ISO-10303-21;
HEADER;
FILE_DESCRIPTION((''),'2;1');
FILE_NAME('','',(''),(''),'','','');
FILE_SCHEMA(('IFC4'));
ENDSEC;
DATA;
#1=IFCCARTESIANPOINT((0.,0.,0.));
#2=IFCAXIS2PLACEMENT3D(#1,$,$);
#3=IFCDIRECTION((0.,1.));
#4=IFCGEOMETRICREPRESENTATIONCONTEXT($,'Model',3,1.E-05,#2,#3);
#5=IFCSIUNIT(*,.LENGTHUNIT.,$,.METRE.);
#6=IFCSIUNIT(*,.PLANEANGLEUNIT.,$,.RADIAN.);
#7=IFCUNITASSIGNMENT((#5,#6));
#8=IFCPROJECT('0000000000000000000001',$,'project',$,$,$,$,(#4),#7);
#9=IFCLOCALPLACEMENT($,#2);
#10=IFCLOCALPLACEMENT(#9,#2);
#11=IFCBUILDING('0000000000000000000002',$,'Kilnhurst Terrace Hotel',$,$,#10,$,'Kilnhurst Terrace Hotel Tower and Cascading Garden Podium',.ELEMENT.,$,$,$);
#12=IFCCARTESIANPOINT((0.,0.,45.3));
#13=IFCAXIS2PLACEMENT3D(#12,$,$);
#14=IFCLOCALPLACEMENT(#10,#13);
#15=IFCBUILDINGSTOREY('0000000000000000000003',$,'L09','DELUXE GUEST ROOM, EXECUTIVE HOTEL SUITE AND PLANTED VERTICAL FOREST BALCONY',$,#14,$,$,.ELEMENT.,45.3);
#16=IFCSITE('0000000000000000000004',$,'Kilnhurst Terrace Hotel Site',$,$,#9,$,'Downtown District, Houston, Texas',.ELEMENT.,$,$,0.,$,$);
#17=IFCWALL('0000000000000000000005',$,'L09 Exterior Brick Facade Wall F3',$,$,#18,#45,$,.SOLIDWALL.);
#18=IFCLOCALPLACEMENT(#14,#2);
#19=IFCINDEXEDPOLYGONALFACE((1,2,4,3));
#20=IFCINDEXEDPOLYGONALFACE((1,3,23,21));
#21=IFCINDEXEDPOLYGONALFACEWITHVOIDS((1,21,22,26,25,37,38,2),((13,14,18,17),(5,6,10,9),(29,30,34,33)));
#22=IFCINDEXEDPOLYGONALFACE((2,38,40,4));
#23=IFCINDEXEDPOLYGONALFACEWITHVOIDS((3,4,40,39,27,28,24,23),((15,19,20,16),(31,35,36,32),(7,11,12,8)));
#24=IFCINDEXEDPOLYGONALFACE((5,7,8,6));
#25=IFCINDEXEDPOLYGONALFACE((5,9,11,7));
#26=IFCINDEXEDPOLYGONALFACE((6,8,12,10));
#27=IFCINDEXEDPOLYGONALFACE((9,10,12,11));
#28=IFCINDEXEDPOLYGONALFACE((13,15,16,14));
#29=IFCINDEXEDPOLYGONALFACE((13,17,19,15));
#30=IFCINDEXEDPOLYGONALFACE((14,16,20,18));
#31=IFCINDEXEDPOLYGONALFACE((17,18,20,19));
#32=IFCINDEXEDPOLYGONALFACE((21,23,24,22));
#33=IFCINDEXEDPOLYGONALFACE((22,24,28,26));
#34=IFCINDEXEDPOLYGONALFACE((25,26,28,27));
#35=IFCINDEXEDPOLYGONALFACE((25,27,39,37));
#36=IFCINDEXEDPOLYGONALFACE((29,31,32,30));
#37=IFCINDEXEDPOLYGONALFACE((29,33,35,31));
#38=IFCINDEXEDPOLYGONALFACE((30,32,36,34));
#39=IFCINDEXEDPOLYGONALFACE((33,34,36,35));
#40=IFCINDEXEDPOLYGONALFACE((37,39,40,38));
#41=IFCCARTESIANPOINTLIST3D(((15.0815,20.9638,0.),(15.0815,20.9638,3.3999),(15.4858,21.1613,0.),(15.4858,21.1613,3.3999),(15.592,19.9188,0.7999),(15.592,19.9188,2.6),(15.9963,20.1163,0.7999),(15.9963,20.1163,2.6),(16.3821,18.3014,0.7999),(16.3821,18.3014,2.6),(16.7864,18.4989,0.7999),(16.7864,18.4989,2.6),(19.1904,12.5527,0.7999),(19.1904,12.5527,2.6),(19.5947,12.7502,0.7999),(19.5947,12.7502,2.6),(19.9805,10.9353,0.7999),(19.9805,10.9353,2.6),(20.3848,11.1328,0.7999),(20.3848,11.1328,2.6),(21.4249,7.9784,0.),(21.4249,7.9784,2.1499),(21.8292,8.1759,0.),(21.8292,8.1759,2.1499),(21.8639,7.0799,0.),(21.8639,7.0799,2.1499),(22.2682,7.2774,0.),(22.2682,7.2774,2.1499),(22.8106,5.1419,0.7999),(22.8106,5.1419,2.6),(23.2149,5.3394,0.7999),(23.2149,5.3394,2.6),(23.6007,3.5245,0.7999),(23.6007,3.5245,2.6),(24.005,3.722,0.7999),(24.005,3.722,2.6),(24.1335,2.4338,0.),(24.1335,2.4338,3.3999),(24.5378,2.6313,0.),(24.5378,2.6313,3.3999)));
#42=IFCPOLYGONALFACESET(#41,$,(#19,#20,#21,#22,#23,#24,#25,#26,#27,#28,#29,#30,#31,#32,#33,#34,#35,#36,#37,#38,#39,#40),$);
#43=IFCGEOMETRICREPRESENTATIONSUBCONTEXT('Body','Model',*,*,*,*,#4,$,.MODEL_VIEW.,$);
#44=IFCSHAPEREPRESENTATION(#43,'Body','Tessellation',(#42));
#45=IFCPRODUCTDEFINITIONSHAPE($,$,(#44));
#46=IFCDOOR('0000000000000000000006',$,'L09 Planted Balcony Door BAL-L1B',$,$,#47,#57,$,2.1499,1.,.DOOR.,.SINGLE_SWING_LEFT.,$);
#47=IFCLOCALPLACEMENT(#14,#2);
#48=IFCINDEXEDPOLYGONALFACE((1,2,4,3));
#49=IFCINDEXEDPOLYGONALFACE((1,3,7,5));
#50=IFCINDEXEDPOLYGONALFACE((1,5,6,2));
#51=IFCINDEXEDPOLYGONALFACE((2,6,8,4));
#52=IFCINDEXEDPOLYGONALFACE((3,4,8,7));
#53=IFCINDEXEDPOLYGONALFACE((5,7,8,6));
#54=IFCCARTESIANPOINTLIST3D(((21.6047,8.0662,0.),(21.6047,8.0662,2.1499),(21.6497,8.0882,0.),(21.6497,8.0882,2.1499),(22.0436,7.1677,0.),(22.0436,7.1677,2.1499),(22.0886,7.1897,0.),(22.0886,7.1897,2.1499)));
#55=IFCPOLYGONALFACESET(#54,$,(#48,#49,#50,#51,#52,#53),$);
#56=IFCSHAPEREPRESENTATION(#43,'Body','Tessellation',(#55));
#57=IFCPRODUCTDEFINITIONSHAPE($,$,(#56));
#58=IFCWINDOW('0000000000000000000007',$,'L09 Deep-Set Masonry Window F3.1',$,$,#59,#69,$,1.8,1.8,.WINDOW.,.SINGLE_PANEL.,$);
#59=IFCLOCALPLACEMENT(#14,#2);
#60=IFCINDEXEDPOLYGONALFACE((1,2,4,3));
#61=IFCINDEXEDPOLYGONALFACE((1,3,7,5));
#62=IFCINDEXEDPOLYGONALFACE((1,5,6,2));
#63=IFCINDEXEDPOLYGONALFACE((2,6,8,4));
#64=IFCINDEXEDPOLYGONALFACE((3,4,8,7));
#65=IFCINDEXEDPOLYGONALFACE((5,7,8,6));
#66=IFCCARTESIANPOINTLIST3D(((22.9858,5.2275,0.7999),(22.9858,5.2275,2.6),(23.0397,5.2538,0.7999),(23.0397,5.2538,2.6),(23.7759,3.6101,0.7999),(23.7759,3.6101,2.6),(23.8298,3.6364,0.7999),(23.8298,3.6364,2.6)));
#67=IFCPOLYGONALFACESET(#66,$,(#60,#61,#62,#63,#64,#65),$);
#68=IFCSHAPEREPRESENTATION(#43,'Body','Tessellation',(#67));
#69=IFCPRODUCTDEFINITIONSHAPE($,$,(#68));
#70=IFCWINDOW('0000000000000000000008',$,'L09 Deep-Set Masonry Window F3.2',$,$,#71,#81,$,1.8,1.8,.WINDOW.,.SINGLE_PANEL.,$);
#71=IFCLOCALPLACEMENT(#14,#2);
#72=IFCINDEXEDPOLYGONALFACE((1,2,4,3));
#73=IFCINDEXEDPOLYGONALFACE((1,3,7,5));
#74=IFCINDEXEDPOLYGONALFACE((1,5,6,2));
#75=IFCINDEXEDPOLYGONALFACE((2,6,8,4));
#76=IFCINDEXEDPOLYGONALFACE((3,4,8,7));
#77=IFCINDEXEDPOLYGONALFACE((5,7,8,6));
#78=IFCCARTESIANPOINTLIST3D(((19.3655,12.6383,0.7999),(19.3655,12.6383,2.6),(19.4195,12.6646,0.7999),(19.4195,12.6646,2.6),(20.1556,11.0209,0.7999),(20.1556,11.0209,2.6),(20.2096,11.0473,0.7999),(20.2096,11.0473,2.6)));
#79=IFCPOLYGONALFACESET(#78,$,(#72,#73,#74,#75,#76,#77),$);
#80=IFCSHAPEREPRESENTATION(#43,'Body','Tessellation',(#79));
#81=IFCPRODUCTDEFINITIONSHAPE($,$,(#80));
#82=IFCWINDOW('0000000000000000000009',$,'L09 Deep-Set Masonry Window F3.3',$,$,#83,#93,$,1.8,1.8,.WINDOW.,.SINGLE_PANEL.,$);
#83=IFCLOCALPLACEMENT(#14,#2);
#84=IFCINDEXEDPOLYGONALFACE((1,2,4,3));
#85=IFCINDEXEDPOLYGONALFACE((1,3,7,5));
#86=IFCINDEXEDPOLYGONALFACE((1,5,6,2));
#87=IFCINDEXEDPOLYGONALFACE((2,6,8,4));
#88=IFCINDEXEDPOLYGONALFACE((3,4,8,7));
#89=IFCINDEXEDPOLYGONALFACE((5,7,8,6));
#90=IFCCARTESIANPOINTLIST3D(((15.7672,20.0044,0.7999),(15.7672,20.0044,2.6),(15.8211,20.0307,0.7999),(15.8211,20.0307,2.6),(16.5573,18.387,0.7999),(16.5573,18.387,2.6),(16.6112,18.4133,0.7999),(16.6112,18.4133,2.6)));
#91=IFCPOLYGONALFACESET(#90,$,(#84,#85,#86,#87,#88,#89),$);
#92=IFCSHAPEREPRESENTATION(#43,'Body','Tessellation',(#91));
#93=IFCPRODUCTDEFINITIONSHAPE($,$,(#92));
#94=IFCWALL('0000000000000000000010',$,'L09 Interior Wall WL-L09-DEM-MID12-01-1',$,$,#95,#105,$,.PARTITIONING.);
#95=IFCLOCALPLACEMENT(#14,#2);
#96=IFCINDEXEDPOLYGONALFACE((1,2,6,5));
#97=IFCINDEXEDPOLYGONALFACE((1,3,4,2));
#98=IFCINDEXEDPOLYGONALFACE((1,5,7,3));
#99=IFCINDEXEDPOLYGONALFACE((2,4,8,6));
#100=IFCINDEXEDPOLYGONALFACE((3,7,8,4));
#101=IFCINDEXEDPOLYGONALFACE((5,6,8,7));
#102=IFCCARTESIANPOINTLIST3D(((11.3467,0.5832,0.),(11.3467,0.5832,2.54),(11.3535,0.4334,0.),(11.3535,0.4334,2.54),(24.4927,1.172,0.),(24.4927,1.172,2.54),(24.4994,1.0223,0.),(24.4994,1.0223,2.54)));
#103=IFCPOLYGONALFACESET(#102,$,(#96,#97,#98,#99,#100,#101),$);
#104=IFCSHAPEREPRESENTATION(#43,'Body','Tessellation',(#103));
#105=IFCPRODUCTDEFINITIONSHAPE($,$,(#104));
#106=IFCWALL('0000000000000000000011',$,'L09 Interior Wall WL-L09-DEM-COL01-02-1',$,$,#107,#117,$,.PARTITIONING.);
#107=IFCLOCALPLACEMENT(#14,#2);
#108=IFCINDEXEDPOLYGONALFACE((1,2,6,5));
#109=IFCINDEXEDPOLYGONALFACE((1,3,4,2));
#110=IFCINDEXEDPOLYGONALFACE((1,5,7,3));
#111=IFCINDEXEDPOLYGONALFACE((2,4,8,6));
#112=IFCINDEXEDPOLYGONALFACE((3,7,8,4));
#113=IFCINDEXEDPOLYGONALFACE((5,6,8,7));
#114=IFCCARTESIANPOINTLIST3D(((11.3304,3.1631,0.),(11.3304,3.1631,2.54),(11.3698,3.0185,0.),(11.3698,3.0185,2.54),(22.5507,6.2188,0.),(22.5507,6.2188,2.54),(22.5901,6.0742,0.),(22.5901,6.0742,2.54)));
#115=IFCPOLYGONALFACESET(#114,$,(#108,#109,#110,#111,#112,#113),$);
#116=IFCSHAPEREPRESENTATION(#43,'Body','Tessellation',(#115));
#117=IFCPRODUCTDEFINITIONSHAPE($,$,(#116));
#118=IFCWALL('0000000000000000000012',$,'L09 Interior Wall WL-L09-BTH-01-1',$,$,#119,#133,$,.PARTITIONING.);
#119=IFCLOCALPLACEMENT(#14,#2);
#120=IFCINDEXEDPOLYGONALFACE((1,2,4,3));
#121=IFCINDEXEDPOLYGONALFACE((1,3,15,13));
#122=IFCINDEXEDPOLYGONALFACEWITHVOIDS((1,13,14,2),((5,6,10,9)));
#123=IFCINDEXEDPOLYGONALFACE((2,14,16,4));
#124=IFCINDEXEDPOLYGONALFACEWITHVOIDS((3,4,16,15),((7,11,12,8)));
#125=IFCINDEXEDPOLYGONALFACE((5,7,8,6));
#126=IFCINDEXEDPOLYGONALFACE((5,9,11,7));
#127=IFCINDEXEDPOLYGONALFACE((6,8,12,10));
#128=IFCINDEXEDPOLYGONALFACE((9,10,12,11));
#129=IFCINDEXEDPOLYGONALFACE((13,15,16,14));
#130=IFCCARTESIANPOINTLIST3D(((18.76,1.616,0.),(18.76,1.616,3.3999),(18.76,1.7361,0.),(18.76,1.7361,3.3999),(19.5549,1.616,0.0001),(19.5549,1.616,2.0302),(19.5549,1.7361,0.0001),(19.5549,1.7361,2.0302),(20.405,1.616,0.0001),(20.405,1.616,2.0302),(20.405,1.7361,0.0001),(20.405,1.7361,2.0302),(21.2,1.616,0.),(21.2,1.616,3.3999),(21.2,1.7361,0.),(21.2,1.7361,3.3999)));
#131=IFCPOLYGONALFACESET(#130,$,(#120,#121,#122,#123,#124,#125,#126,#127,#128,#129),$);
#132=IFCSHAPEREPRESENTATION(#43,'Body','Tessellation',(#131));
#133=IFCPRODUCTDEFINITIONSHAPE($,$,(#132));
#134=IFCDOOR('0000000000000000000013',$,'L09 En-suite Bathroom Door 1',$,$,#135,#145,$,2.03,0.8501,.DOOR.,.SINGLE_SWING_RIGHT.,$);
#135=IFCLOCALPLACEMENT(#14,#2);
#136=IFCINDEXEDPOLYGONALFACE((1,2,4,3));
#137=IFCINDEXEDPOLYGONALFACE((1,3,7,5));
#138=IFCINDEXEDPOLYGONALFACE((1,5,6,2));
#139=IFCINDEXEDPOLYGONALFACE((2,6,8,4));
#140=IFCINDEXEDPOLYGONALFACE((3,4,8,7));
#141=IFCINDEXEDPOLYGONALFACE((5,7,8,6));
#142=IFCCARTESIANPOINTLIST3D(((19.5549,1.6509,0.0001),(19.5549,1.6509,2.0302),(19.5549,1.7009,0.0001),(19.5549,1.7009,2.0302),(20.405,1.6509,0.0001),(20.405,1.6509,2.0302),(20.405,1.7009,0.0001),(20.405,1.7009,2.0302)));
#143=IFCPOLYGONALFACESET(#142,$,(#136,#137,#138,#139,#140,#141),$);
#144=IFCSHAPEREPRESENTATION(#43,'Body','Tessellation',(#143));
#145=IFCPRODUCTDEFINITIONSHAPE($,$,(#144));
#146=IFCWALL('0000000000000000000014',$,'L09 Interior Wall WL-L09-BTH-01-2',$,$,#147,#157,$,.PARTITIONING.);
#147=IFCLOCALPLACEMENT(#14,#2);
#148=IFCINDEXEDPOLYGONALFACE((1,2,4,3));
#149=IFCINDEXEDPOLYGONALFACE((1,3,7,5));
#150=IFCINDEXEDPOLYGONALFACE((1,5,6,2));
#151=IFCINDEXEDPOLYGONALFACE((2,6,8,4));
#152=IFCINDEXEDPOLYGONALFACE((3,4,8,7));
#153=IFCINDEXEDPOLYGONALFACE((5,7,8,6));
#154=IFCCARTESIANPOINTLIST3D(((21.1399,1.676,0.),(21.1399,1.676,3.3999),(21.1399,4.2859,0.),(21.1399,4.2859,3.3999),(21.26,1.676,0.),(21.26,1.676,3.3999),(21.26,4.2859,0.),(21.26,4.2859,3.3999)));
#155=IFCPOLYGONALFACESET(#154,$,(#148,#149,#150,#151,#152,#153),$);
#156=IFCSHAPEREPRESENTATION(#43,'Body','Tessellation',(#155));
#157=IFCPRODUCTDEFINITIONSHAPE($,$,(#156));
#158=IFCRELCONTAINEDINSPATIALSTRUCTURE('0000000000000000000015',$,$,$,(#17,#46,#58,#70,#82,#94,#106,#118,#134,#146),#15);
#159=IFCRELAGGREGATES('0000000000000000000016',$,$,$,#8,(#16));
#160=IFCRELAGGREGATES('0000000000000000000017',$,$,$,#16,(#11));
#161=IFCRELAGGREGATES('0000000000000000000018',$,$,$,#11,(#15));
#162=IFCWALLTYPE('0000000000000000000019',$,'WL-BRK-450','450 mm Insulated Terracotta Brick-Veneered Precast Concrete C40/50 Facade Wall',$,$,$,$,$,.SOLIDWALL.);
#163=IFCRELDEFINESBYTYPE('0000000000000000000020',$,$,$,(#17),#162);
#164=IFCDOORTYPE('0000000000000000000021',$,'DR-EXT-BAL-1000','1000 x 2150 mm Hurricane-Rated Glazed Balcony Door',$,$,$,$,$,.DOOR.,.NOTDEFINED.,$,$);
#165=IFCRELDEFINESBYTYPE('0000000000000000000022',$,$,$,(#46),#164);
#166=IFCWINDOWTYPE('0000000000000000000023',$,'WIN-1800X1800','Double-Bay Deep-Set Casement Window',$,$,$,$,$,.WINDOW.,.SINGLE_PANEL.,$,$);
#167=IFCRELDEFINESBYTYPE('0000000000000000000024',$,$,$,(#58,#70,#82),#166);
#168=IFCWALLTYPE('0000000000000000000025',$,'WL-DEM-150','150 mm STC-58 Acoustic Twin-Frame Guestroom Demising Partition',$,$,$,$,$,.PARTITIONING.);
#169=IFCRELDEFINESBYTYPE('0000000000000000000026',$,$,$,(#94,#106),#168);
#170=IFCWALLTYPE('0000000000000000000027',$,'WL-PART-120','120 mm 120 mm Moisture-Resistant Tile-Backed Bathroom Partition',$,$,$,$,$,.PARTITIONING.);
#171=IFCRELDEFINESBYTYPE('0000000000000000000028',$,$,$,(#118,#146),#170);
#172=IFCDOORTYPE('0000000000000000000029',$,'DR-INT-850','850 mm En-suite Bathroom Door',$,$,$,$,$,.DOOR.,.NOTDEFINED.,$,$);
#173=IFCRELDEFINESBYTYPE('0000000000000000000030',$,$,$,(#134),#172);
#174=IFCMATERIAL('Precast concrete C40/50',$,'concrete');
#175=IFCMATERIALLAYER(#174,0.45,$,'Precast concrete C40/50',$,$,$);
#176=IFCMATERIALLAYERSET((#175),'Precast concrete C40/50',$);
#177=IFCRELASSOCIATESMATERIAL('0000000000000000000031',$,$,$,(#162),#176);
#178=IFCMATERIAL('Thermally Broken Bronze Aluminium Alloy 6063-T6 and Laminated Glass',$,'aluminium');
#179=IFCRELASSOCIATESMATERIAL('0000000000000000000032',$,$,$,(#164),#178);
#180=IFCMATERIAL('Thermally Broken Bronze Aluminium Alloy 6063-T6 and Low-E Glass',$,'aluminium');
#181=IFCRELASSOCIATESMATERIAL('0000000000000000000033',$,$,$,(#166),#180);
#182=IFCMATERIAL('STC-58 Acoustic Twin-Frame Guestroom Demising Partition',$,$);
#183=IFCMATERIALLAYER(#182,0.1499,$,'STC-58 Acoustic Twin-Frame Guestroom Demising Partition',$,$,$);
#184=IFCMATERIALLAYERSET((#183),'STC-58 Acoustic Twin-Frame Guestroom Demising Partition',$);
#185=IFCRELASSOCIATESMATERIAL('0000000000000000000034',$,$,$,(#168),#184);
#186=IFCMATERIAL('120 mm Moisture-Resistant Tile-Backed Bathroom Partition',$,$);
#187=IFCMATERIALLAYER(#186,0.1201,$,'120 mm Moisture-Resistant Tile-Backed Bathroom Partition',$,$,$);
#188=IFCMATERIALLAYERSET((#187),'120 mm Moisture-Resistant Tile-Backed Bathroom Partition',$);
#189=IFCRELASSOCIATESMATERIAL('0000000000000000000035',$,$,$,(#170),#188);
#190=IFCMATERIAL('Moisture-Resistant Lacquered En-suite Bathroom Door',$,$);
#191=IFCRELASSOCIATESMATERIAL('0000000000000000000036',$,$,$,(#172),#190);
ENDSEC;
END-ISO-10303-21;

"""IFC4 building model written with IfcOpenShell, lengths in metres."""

from ifc_helpers import new_model, si_unit, direction, frame, frame_2d, origin, place, context, subcontext, project, spatial, rectangle, extrude, material, layer, layer_set, type_object, element, fill, save


model = new_model("IFC4")

# Units and contexts
model_context = context("Model", 3, precision=1e-05, world=origin(), true_north=direction((0.0, 1.0)))
body_context = subcontext(model_context, "Body", "Model", "MODEL_VIEW")
ifc_project = project(units=[si_unit("LENGTHUNIT", "METRE"), si_unit("PLANEANGLEUNIT", "RADIAN")], contexts=[model_context])

# Site, building, storey
site_placement = place(None, origin())
site = spatial("IfcSite", under=ifc_project, at=site_placement, Name="Kilnhurst Terrace Hotel Site", LongName="Downtown District, Houston, Texas", CompositionType="ELEMENT", RefElevation=0.0)
building_placement = place(site_placement, origin())
building = spatial("IfcBuilding", under=site, at=building_placement, Name="Kilnhurst Terrace Hotel", LongName="Kilnhurst Terrace Hotel Tower and Cascading Garden Podium", CompositionType="ELEMENT")
storey_placement = place(building_placement, frame((0.0, 0.0, 45.3)))
storey = spatial("IfcBuildingStorey", under=building, at=storey_placement, Name="L09", Description="DELUXE GUEST ROOM, EXECUTIVE HOTEL SUITE AND PLANTED VERTICAL FOREST BALCONY", CompositionType="ELEMENT", Elevation=45.3)

# Shared definitions
ifc_material_1 = material(Name="Precast concrete C40/50", Category="concrete")
ifc_layer_1 = layer(ifc_material_1, 0.45, Name="Precast concrete C40/50")
ifc_layer_set_1 = layer_set([ifc_layer_1], Name="Precast concrete C40/50")
wall_type_1 = type_object("IfcWallType", Name="WL-BRK-450", Description="450 mm Insulated Terracotta Brick-Veneered Precast Concrete C40/50 Facade Wall", PredefinedType="SOLIDWALL", material=ifc_layer_set_1)

# Wall, openings, door, windows
wall_1_placement = place(storey_placement, frame((24.3357, 2.5325, 0.0), z_axis=(0.0, 0.0, 1.0), x_axis=(-0.438931, 0.898521, 0.0)))
wall_1 = element("IfcWall", 1, at=wall_1_placement, inside=storey, type_object=wall_type_1, Name="L09 Exterior Brick Facade Wall F3", PredefinedType="SOLIDWALL", context=body_context, shape_type="SweptSolid", body=[
    extrude(rectangle(XDim=20.6228, YDim=0.45, at=frame_2d((10.3115, 0.0))), origin(), (0.0, 0.0, 1.0), 3.3999),
])
opening_1_placement = place(wall_1_placement, frame((5.1709, 0.0, 0.0)))
opening_1 = element("IfcOpeningElement", 2, at=opening_1_placement, cuts=wall_1, PredefinedType="OPENING", context=body_context, shape_type="SweptSolid", body=[
    extrude(rectangle(XDim=1.0, YDim=2.1499, at=frame_2d((0.5, 1.075))), frame((0.0, 0.2349, 0.0), z_axis=(0.0, -1.0, 0.0), x_axis=(1.0, 0.0, 0.0)), (0.0, 0.0, 1.0), 0.47),
])
opening_2_placement = place(wall_1_placement, frame((1.2141, 0.0, 0.8)))
opening_2 = element("IfcOpeningElement", 3, at=opening_2_placement, cuts=wall_1, PredefinedType="OPENING", context=body_context, shape_type="SweptSolid", body=[
    extrude(rectangle(XDim=1.8, YDim=1.8, at=frame_2d((0.8999, 0.8999))), frame((0.0, 0.2349, 0.0), z_axis=(0.0, -1.0, 0.0), x_axis=(1.0, 0.0, 0.0)), (0.0, 0.0, 1.0), 0.47),
])
opening_3_placement = place(wall_1_placement, frame((9.4619, 0.0, 0.8)))
opening_3 = element("IfcOpeningElement", 4, at=opening_3_placement, cuts=wall_1, PredefinedType="OPENING", context=body_context, shape_type="SweptSolid", body=[
    extrude(rectangle(XDim=1.8, YDim=1.8, at=frame_2d((0.8999, 0.8999))), frame((0.0, 0.2349, 0.0), z_axis=(0.0, -1.0, 0.0), x_axis=(1.0, 0.0, 0.0)), (0.0, 0.0, 1.0), 0.47),
])
opening_4_placement = place(wall_1_placement, frame((17.6599, 0.0, 0.8)))
opening_4 = element("IfcOpeningElement", 5, at=opening_4_placement, cuts=wall_1, PredefinedType="OPENING", context=body_context, shape_type="SweptSolid", body=[
    extrude(rectangle(XDim=1.8, YDim=1.8, at=frame_2d((0.8999, 0.8999))), frame((0.0, 0.2349, 0.0), z_axis=(0.0, -1.0, 0.0), x_axis=(1.0, 0.0, 0.0)), (0.0, 0.0, 1.0), 0.47),
])
ifc_material_2 = material(Name="Thermally Broken Bronze Aluminium Alloy 6063-T6 and Laminated Glass", Category="aluminium")
door_type_1 = type_object("IfcDoorType", Name="DR-EXT-BAL-1000", Description="1000 x 2150 mm Hurricane-Rated Glazed Balcony Door", OperationType="NOTDEFINED", PredefinedType="DOOR", material=ifc_material_2)
door_1_placement = place(opening_1_placement, origin())
door_1 = element("IfcDoor", 6, at=door_1_placement, inside=storey, type_object=door_type_1, Name="L09 Planted Balcony Door BAL-L1B", OperationType="SINGLE_SWING_LEFT", OverallHeight=2.1499, OverallWidth=1.0, PredefinedType="DOOR", context=body_context, shape_type="SweptSolid", body=[
    extrude(rectangle(XDim=1.0, YDim=2.1499, at=frame_2d((0.5, 1.075))), frame((0.0, 0.0249, 0.0), z_axis=(0.0, -1.0, 0.0), x_axis=(1.0, 0.0, 0.0)), (0.0, 0.0, 1.0), 0.05),
])
fill(opening_1, door_1)
ifc_material_3 = material(Name="Thermally Broken Bronze Aluminium Alloy 6063-T6 and Low-E Glass", Category="aluminium")
window_type = type_object("IfcWindowType", Name="WIN-1800X1800", Description="Double-Bay Deep-Set Casement Window", PartitioningType="SINGLE_PANEL", PredefinedType="WINDOW", material=ifc_material_3)
window_1_placement = place(opening_2_placement, origin())
window_1 = element("IfcWindow", 7, at=window_1_placement, inside=storey, type_object=window_type, Name="L09 Deep-Set Masonry Window F3.1", OverallHeight=1.8, OverallWidth=1.8, PartitioningType="SINGLE_PANEL", PredefinedType="WINDOW", context=body_context, shape_type="SweptSolid", body=[
    extrude(rectangle(XDim=1.8, YDim=1.8, at=frame_2d((0.8999, 0.8999))), frame((0.0, 0.03, 0.0), z_axis=(0.0, -1.0, 0.0), x_axis=(1.0, 0.0, 0.0)), (0.0, 0.0, 1.0), 0.0601),
])
fill(opening_2, window_1)
window_2_placement = place(opening_3_placement, origin())
window_2 = element("IfcWindow", 8, at=window_2_placement, inside=storey, type_object=window_type, Name="L09 Deep-Set Masonry Window F3.2", OverallHeight=1.8, OverallWidth=1.8, PartitioningType="SINGLE_PANEL", PredefinedType="WINDOW", context=body_context, shape_type="SweptSolid", body=[
    extrude(rectangle(XDim=1.8, YDim=1.8, at=frame_2d((0.8999, 0.8999))), frame((0.0, 0.03, 0.0), z_axis=(0.0, -1.0, 0.0), x_axis=(1.0, 0.0, 0.0)), (0.0, 0.0, 1.0), 0.0601),
])
fill(opening_3, window_2)
window_3_placement = place(opening_4_placement, origin())
window_3 = element("IfcWindow", 9, at=window_3_placement, inside=storey, type_object=window_type, Name="L09 Deep-Set Masonry Window F3.3", OverallHeight=1.8, OverallWidth=1.8, PartitioningType="SINGLE_PANEL", PredefinedType="WINDOW", context=body_context, shape_type="SweptSolid", body=[
    extrude(rectangle(XDim=1.8, YDim=1.8, at=frame_2d((0.8999, 0.8999))), frame((0.0, 0.03, 0.0), z_axis=(0.0, -1.0, 0.0), x_axis=(1.0, 0.0, 0.0)), (0.0, 0.0, 1.0), 0.0601),
])
fill(opening_4, window_3)

# Walls
ifc_material_4 = material(Name="STC-58 Acoustic Twin-Frame Guestroom Demising Partition")
ifc_layer_2 = layer(ifc_material_4, 0.1499, Name="STC-58 Acoustic Twin-Frame Guestroom Demising Partition")
ifc_layer_set_2 = layer_set([ifc_layer_2], Name="STC-58 Acoustic Twin-Frame Guestroom Demising Partition")
wall_type_2 = type_object("IfcWallType", Name="WL-DEM-150", Description="150 mm STC-58 Acoustic Twin-Frame Guestroom Demising Partition", PredefinedType="PARTITIONING", material=ifc_layer_set_2)
wall_2_placement = place(storey_placement, frame((11.3501, 0.5083, 0.0), z_axis=(0.0, 0.0, 1.0), x_axis=(0.998998, 0.04475, 0.0)))
element("IfcWall", 10, at=wall_2_placement, inside=storey, type_object=wall_type_2, Name="L09 Interior Wall WL-L09-DEM-MID12-01-1", PredefinedType="PARTITIONING", context=body_context, shape_type="SweptSolid", body=[
    extrude(rectangle(XDim=13.1592, YDim=0.1499, at=frame_2d((6.5796, 0.0))), origin(), (0.0, 0.0, 1.0), 2.54),
])
wall_3_placement = place(storey_placement, frame((11.3501, 3.0908, 0.0), z_axis=(0.0, 0.0, 1.0), x_axis=(0.96486, 0.262766, 0.0)))
element("IfcWall", 11, at=wall_3_placement, inside=storey, type_object=wall_type_2, Name="L09 Interior Wall WL-L09-DEM-COL01-02-1", PredefinedType="PARTITIONING", context=body_context, shape_type="SweptSolid", body=[
    extrude(rectangle(XDim=11.6289, YDim=0.1499, at=frame_2d((5.8145, 0.0))), origin(), (0.0, 0.0, 1.0), 2.54),
])

# Wall, opening, door
ifc_material_5 = material(Name="120 mm Moisture-Resistant Tile-Backed Bathroom Partition")
ifc_layer_3 = layer(ifc_material_5, 0.1201, Name="120 mm Moisture-Resistant Tile-Backed Bathroom Partition")
ifc_layer_set_3 = layer_set([ifc_layer_3], Name="120 mm Moisture-Resistant Tile-Backed Bathroom Partition")
wall_type_3 = type_object("IfcWallType", Name="WL-PART-120", Description="120 mm 120 mm Moisture-Resistant Tile-Backed Bathroom Partition", PredefinedType="PARTITIONING", material=ifc_layer_set_3)
wall_4_placement = place(storey_placement, frame((18.76, 1.676, 0.0), z_axis=(0.0, 0.0, 1.0), x_axis=(1.0, 0.0, 0.0)))
wall_4 = element("IfcWall", 12, at=wall_4_placement, inside=storey, type_object=wall_type_3, Name="L09 Interior Wall WL-L09-BTH-01-1", PredefinedType="PARTITIONING", context=body_context, shape_type="SweptSolid", body=[
    extrude(rectangle(XDim=2.4399, YDim=0.1201, at=frame_2d((1.22, 0.0))), origin(), (0.0, 0.0, 1.0), 3.3999),
])
opening_5_placement = place(wall_4_placement, frame((0.7949, 0.0, 0.0)))
opening_5 = element("IfcOpeningElement", 13, at=opening_5_placement, cuts=wall_4, PredefinedType="OPENING", context=body_context, shape_type="SweptSolid", body=[
    extrude(rectangle(XDim=0.8501, YDim=2.03, at=frame_2d((0.425, 1.0151))), frame((0.0, 0.0701, 0.0), z_axis=(0.0, -1.0, 0.0), x_axis=(1.0, 0.0, 0.0)), (0.0, 0.0, 1.0), 0.1401),
])
ifc_material_6 = material(Name="Moisture-Resistant Lacquered En-suite Bathroom Door")
door_type_2 = type_object("IfcDoorType", Name="DR-INT-850", Description="850 mm En-suite Bathroom Door", OperationType="NOTDEFINED", PredefinedType="DOOR", material=ifc_material_6)
door_2_placement = place(opening_5_placement, origin())
door_2 = element("IfcDoor", 14, at=door_2_placement, inside=storey, type_object=door_type_2, Name="L09 En-suite Bathroom Door 1", OperationType="SINGLE_SWING_RIGHT", OverallHeight=2.03, OverallWidth=0.8501, PredefinedType="DOOR", context=body_context, shape_type="SweptSolid", body=[
    extrude(rectangle(XDim=0.8501, YDim=2.03, at=frame_2d((0.425, 1.0151))), frame((0.0, 0.0249, 0.0), z_axis=(0.0, -1.0, 0.0), x_axis=(1.0, 0.0, 0.0)), (0.0, 0.0, 1.0), 0.05),
])
fill(opening_5, door_2)

# Wall
wall_5_placement = place(storey_placement, frame((21.2, 1.676, 0.0), z_axis=(0.0, 0.0, 1.0), x_axis=(0.0, 1.0, 0.0)))
element("IfcWall", 15, at=wall_5_placement, inside=storey, type_object=wall_type_3, Name="L09 Interior Wall WL-L09-BTH-01-2", PredefinedType="PARTITIONING", context=body_context, shape_type="SweptSolid", body=[
    extrude(rectangle(XDim=2.6099, YDim=0.1201, at=frame_2d((1.3049, 0.0))), origin(), (0.0, 0.0, 1.0), 3.3999),
])

save(model, "model.ifc")
